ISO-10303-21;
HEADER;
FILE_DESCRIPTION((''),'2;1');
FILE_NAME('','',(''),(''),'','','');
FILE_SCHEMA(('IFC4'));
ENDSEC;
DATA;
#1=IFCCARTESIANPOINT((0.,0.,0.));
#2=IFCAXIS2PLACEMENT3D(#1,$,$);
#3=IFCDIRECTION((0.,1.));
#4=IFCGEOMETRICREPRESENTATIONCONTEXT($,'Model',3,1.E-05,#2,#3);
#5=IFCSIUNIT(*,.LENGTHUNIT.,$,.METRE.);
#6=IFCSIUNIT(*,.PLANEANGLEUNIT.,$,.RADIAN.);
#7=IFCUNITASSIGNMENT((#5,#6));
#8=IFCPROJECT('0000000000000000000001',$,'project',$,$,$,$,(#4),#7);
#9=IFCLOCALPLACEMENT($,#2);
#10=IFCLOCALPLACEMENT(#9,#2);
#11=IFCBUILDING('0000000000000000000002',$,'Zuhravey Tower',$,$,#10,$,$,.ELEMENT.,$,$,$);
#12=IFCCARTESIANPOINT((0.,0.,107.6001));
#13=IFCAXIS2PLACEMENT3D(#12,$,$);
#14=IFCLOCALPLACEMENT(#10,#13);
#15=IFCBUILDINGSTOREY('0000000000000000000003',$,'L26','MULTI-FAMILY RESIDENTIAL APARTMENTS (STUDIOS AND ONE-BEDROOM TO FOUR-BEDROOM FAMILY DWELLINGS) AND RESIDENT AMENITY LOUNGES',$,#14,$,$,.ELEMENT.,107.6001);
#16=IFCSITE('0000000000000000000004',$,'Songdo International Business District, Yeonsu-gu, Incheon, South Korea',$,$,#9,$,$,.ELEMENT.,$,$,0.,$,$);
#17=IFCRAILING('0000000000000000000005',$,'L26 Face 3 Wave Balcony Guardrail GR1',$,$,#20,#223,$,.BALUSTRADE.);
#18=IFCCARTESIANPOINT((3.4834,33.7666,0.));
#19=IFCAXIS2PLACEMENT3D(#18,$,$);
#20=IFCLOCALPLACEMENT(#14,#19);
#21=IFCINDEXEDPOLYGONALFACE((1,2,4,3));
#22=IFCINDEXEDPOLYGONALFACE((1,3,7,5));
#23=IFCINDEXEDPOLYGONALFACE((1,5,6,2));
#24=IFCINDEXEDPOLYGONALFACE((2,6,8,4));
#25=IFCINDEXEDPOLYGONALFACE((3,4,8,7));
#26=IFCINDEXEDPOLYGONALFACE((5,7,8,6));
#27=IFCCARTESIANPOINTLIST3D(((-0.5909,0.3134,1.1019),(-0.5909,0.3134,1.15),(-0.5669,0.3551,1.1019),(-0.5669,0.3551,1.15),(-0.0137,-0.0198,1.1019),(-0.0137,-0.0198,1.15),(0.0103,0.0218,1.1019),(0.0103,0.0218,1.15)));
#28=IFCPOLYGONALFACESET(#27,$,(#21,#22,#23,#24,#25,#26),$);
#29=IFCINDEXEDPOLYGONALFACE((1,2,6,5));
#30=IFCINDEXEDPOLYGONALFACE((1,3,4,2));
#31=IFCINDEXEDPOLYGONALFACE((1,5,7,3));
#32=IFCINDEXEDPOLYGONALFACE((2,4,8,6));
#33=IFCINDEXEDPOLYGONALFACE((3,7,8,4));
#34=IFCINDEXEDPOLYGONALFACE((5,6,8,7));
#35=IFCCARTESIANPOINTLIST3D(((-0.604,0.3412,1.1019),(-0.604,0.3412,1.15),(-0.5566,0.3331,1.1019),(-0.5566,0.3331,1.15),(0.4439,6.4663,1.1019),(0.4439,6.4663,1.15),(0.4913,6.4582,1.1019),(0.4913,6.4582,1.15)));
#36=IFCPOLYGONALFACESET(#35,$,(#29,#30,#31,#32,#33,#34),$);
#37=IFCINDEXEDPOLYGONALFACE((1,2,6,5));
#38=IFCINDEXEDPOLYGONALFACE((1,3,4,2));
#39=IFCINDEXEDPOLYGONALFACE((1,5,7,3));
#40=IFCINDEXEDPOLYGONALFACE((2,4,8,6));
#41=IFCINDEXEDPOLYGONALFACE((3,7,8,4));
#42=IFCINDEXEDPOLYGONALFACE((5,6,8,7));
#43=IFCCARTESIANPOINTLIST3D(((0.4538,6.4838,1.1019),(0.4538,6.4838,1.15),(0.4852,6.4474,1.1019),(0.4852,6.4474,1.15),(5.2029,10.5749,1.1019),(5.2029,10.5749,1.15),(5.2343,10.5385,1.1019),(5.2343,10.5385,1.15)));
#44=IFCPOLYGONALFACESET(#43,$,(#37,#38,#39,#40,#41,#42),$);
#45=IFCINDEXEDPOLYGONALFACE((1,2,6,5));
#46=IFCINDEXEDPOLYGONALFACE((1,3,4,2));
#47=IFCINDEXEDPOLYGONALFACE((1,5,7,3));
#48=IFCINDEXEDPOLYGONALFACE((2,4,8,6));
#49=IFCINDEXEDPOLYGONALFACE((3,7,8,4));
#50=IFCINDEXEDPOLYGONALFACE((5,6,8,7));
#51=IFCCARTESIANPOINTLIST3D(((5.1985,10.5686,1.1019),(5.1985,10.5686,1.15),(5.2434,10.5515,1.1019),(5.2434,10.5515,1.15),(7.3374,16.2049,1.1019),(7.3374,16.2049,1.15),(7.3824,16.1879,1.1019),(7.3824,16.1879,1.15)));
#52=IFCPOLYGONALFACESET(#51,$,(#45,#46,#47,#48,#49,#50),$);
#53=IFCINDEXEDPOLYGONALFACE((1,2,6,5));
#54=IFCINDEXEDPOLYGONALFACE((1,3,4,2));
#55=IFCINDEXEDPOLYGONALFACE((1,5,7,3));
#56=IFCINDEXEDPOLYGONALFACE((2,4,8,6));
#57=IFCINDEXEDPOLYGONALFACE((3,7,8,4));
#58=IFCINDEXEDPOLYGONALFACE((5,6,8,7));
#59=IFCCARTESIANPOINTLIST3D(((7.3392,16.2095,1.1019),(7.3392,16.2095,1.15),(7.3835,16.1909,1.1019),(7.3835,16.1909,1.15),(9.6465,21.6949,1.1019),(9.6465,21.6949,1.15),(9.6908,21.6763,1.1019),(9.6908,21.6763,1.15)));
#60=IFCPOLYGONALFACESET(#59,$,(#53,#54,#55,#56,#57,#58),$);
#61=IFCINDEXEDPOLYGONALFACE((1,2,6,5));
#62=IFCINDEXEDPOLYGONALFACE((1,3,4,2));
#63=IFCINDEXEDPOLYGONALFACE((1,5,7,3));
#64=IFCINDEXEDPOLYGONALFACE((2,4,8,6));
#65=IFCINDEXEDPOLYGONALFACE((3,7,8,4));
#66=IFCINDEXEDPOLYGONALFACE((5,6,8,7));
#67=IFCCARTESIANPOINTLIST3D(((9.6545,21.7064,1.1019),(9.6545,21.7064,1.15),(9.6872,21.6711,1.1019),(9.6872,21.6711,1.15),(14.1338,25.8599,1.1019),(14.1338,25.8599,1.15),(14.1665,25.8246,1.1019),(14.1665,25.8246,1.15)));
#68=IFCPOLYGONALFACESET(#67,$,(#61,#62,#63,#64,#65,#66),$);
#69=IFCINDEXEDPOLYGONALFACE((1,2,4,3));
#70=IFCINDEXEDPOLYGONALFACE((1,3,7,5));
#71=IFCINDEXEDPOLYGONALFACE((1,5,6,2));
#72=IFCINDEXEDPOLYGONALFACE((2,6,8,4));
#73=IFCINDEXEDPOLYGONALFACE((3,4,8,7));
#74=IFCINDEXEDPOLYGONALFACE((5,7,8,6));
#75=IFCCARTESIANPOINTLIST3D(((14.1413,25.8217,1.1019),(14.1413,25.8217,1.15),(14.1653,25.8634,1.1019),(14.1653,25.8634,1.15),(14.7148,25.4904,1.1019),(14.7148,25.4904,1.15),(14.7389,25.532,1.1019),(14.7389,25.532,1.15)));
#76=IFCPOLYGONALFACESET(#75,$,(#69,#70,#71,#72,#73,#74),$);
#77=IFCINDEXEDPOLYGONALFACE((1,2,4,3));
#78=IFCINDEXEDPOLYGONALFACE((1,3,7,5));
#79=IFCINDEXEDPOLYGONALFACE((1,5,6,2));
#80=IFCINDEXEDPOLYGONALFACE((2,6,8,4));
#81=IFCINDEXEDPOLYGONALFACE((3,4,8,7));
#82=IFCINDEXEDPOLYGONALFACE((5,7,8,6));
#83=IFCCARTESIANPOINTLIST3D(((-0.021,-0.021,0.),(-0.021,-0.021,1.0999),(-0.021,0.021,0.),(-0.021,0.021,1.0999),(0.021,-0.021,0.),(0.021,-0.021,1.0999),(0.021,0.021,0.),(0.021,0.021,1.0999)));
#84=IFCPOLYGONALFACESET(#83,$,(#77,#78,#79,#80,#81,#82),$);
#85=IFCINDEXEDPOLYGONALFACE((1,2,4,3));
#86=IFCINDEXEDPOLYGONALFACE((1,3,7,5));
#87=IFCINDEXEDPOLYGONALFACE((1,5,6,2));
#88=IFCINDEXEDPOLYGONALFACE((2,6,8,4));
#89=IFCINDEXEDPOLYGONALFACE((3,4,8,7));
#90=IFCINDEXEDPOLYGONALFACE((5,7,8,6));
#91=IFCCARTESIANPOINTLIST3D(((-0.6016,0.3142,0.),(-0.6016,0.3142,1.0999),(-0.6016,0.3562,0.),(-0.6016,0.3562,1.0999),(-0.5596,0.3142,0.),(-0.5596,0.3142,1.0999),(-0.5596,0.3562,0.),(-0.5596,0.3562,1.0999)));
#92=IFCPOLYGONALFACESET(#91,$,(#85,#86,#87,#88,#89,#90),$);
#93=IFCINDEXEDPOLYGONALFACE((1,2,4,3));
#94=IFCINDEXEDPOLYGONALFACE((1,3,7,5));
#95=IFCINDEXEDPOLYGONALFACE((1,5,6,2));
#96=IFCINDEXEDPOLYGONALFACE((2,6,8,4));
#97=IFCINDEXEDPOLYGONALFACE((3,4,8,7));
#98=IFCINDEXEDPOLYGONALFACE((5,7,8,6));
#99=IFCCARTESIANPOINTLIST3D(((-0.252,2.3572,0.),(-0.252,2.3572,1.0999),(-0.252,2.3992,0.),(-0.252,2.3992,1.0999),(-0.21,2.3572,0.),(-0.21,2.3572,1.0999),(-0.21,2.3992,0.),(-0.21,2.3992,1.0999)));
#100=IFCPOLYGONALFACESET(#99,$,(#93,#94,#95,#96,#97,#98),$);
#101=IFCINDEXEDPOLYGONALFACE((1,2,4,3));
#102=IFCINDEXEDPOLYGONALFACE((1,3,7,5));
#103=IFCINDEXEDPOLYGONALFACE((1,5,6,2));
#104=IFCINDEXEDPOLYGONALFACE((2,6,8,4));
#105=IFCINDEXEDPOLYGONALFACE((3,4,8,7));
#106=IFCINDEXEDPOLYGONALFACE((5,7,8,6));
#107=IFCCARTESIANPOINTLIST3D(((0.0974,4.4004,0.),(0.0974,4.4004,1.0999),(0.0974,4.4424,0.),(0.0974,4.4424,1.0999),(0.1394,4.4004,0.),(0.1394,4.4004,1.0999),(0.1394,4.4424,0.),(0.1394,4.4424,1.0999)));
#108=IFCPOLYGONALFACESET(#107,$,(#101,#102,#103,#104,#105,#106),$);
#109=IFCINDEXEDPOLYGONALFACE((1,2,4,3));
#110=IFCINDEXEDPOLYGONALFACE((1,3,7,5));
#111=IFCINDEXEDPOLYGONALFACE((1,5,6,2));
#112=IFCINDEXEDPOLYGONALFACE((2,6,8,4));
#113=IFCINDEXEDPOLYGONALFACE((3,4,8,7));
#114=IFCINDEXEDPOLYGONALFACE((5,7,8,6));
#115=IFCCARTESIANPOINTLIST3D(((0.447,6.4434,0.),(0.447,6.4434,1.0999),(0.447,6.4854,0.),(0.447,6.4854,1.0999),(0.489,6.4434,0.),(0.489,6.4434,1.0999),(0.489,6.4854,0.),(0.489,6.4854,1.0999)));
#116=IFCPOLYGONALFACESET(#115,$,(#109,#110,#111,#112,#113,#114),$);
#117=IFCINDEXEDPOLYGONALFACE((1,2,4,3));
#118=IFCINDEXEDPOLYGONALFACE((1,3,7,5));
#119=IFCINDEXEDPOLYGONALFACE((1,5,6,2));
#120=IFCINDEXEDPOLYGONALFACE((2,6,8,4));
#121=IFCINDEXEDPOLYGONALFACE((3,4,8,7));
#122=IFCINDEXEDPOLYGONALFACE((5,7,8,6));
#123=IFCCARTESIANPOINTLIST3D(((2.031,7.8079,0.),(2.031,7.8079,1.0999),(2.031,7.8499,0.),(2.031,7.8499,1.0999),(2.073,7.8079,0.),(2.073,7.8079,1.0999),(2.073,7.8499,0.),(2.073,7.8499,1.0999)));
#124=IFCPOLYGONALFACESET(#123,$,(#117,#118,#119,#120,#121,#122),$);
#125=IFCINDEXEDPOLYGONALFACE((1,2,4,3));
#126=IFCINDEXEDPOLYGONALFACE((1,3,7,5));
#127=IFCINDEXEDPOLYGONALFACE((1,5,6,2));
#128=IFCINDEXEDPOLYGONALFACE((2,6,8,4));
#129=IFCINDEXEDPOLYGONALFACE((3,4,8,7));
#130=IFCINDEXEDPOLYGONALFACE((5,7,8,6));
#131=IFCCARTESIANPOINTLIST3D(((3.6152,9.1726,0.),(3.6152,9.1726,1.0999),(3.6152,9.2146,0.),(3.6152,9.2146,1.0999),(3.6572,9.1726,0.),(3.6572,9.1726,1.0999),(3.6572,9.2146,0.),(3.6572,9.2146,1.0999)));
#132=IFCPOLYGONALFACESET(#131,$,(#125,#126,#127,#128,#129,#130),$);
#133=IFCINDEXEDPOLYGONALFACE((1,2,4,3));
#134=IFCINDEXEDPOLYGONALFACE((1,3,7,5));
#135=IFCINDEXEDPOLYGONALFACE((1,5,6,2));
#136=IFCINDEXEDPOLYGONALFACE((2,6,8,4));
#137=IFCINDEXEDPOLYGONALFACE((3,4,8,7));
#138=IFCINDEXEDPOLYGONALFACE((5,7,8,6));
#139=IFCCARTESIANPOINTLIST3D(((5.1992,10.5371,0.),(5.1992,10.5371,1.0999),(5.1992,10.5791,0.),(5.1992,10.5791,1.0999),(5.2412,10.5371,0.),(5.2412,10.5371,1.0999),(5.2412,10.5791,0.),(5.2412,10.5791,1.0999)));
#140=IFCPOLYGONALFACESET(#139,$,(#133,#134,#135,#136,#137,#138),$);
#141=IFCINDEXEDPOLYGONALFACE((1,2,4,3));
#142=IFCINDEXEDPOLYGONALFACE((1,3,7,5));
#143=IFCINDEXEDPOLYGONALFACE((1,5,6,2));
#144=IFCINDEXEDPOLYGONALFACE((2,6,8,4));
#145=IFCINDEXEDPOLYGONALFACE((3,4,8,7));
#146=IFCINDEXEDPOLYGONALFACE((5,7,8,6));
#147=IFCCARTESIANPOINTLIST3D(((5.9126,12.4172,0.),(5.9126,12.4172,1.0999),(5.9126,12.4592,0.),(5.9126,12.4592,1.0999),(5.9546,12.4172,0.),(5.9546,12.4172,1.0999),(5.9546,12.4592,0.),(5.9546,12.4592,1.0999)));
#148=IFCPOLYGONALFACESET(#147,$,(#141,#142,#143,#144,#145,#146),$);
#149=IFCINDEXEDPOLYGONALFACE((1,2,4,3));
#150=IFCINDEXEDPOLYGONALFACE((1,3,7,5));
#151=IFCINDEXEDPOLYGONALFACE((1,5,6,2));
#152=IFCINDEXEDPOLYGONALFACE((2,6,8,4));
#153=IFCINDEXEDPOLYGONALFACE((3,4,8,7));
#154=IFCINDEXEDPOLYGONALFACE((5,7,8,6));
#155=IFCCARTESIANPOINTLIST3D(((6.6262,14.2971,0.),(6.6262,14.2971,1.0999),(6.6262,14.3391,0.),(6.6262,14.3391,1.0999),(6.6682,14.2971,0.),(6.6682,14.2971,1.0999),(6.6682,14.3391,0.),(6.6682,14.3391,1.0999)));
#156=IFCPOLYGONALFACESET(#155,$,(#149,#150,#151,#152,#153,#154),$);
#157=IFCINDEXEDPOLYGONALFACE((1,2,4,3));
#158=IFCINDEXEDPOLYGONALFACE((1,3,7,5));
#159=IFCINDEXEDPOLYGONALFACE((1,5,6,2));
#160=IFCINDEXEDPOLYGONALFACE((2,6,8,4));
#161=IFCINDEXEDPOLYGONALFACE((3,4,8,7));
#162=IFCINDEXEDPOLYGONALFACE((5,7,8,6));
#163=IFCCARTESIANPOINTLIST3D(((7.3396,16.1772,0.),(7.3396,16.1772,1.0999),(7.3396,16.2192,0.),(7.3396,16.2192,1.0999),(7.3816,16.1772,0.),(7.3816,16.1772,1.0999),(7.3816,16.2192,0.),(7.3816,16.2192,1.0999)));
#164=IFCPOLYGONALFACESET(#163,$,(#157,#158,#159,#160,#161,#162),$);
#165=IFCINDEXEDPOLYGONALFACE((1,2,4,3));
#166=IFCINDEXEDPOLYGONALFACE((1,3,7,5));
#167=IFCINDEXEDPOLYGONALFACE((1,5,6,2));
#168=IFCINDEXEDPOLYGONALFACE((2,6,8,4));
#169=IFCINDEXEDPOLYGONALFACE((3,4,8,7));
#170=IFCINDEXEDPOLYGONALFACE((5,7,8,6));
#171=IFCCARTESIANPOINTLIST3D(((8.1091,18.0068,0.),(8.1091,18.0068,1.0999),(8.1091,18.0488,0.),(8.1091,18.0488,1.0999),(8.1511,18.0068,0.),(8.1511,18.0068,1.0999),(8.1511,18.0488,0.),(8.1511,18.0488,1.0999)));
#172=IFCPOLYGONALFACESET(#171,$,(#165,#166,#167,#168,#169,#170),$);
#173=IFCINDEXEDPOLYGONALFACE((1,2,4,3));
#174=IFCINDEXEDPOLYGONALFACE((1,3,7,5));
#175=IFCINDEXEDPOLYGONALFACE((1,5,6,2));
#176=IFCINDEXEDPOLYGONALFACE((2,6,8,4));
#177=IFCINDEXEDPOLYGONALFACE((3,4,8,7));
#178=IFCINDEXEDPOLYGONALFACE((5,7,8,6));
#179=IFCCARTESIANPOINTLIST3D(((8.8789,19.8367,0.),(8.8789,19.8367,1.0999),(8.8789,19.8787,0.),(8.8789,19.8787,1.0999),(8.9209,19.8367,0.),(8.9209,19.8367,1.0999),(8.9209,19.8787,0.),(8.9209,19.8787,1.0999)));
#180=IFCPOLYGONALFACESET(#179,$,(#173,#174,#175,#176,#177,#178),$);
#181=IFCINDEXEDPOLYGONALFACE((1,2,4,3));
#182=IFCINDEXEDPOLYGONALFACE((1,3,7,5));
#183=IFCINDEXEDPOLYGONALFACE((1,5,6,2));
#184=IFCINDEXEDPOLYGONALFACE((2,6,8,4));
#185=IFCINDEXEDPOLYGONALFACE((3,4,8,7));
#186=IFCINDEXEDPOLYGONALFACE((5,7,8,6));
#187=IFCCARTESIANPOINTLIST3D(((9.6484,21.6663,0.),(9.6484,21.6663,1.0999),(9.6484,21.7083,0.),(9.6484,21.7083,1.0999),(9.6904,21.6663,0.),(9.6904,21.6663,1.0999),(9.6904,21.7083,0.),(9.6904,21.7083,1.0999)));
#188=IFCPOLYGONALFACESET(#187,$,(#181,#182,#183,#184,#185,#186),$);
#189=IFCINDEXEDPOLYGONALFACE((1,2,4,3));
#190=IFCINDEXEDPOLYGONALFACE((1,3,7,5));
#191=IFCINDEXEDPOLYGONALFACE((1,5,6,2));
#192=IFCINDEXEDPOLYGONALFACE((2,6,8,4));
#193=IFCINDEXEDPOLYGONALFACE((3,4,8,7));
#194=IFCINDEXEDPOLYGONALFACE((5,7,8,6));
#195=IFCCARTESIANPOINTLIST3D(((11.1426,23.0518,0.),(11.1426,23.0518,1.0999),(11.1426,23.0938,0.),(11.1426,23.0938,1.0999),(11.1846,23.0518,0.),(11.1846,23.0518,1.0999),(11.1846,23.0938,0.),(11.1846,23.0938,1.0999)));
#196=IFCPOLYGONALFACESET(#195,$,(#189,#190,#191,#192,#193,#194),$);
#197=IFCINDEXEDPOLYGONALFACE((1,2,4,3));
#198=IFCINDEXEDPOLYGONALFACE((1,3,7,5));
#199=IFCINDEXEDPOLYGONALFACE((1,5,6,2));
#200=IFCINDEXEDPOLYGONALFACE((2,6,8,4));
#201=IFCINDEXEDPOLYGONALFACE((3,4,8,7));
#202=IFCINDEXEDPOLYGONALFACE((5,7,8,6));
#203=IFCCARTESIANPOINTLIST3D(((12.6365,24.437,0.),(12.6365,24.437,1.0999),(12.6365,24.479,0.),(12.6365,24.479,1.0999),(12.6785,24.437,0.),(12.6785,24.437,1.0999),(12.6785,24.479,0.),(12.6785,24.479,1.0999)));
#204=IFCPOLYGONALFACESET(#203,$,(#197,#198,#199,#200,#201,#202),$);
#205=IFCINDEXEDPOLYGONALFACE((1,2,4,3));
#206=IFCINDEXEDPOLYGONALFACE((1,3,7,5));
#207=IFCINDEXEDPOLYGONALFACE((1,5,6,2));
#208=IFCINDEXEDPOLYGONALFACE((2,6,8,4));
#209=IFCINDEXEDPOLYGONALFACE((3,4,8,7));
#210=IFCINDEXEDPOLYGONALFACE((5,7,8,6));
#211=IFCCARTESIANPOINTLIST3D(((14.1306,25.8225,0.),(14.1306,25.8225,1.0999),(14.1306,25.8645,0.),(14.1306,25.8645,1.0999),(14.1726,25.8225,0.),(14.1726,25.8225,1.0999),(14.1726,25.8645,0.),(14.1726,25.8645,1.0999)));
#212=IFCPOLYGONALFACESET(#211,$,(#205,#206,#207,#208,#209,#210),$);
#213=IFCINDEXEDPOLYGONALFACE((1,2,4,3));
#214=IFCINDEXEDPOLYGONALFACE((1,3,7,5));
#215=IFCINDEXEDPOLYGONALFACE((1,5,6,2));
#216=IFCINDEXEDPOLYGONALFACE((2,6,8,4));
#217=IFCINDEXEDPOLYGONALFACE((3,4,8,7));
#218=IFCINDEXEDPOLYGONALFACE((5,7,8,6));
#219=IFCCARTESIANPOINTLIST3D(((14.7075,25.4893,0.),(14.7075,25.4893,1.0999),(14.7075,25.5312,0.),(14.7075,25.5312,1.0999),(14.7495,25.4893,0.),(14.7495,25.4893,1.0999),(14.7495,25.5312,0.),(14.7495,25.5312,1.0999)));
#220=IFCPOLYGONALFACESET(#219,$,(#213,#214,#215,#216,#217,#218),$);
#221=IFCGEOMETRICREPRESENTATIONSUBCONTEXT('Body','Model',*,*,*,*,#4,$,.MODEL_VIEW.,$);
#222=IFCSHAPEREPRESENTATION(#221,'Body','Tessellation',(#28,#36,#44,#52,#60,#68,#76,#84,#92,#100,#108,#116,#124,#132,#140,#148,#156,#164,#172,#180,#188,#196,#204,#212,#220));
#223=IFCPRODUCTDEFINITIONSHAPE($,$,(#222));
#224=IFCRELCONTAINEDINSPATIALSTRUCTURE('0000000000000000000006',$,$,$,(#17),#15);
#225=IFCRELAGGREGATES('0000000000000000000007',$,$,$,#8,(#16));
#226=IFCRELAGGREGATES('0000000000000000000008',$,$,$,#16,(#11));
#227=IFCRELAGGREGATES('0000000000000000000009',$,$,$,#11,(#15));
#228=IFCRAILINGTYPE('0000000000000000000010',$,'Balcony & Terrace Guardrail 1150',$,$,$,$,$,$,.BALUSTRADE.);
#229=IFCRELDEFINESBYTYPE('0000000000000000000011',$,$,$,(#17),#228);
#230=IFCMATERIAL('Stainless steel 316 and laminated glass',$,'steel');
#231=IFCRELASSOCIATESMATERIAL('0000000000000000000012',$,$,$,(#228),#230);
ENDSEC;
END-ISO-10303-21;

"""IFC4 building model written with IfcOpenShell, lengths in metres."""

from ifc_helpers import new_model, si_unit, direction, frame, origin, origin_2d, place, context, subcontext, project, spatial, rectangle, extrude, material, type_object, element, save


model = new_model("IFC4")

# Units and contexts
model_context = context("Model", 3, precision=1e-05, world=origin(), true_north=direction((0.0, 1.0)))
body_context = subcontext(model_context, "Body", "Model", "MODEL_VIEW")
ifc_project = project(units=[si_unit("LENGTHUNIT", "METRE"), si_unit("PLANEANGLEUNIT", "RADIAN")], contexts=[model_context])

# Site, building, storey
site_placement = place(None, origin())
site = spatial("IfcSite", under=ifc_project, at=site_placement, Name="Songdo International Business District, Yeonsu-gu, Incheon, South Korea", CompositionType="ELEMENT", RefElevation=0.0)
building_placement = place(site_placement, origin())
building = spatial("IfcBuilding", under=site, at=building_placement, Name="Zuhravey Tower", CompositionType="ELEMENT")
storey_placement = place(building_placement, frame((0.0, 0.0, 107.6001)))
storey = spatial("IfcBuildingStorey", under=building, at=storey_placement, Name="L26", Description="MULTI-FAMILY RESIDENTIAL APARTMENTS (STUDIOS AND ONE-BEDROOM TO FOUR-BEDROOM FAMILY DWELLINGS) AND RESIDENT AMENITY LOUNGES", CompositionType="ELEMENT", Elevation=107.6001)

# Railing
ifc_material_1 = material(Name="Stainless steel 316 and laminated glass", Category="steel")
railing_type = type_object("IfcRailingType", Name="Balcony & Terrace Guardrail 1150", PredefinedType="BALUSTRADE", material=ifc_material_1)
railing_placement = place(storey_placement, frame((3.4834, 33.7666, 0.0)))
element("IfcRailing", 1, at=railing_placement, inside=storey, type_object=railing_type, Name="L26 Face 3 Wave Balcony Guardrail GR1", PredefinedType="BALUSTRADE", context=body_context, shape_type="SweptSolid", body=[
    extrude(rectangle(XDim=0.0481, YDim=0.0481, at=origin_2d()), frame((-0.0017, 0.001, 1.126), z_axis=(-0.866016, 0.500017, 0.0), x_axis=(-0.500017, -0.866016, 0.0)), (0.0, 0.0, 1.0), 0.6665),
    extrude(rectangle(XDim=0.0481, YDim=0.0481, at=origin_2d()), frame((-0.5803, 0.3372, 1.126), z_axis=(0.168631, 0.985679, 0.0), x_axis=(-0.985679, 0.168631, 0.0)), (0.0, 0.0, 1.0), 6.2141),
    extrude(rectangle(XDim=0.0481, YDim=0.0481, at=origin_2d()), frame((0.4695, 6.4656, 1.126), z_axis=(0.757644, 0.652668, 0.0), x_axis=(-0.652668, 0.757644, 0.0)), (0.0, 0.0, 1.0), 6.2683),
    extrude(rectangle(XDim=0.0481, YDim=0.0481, at=origin_2d()), frame((5.2209, 10.5601, 1.126), z_axis=(0.354802, 0.934942, 0.0), x_axis=(-0.934942, 0.354802, 0.0)), (0.0, 0.0, 1.0), 6.0286),
    extrude(rectangle(XDim=0.0481, YDim=0.0481, at=origin_2d()), frame((7.3613, 16.2002, 1.126), z_axis=(0.387725, 0.921775, 0.0), x_axis=(-0.921775, 0.387725, 0.0)), (0.0, 0.0, 1.0), 5.9509),
    extrude(rectangle(XDim=0.0481, YDim=0.0481, at=origin_2d()), frame((9.6709, 21.6887, 1.126), z_axis=(0.733264, 0.679944, 0.0), x_axis=(-0.679944, 0.733264, 0.0)), (0.0, 0.0, 1.0), 6.1086),
    extrude(rectangle(XDim=0.0481, YDim=0.0481, at=origin_2d()), frame((14.1533, 25.8425, 1.126), z_axis=(0.865911, -0.500198, 0.0), x_axis=(0.500198, 0.865911, 0.0)), (0.0, 0.0, 1.0), 0.6624),
    extrude(rectangle(XDim=0.042, YDim=0.042, at=origin_2d()), origin(), (0.0, 0.0, 1.0), 1.0999),
    extrude(rectangle(XDim=0.042, YDim=0.042, at=origin_2d()), frame((-0.5806, 0.3352, 0.0)), (0.0, 0.0, 1.0), 1.0999),
    extrude(rectangle(XDim=0.042, YDim=0.042, at=origin_2d()), frame((-0.231, 2.3782, 0.0)), (0.0, 0.0, 1.0), 1.0999),
    extrude(rectangle(XDim=0.042, YDim=0.042, at=origin_2d()), frame((0.1184, 4.4214, 0.0)), (0.0, 0.0, 1.0), 1.0999),
    extrude(rectangle(XDim=0.042, YDim=0.042, at=origin_2d()), frame((0.468, 6.4644, 0.0)), (0.0, 0.0, 1.0), 1.0999),
    extrude(rectangle(XDim=0.042, YDim=0.042, at=origin_2d()), frame((2.052, 7.8289, 0.0)), (0.0, 0.0, 1.0), 1.0999),
    extrude(rectangle(XDim=0.042, YDim=0.042, at=origin_2d()), frame((3.6362, 9.1936, 0.0)), (0.0, 0.0, 1.0), 1.0999),
    extrude(rectangle(XDim=0.042, YDim=0.042, at=origin_2d()), frame((5.2202, 10.5581, 0.0)), (0.0, 0.0, 1.0), 1.0999),
    extrude(rectangle(XDim=0.042, YDim=0.042, at=origin_2d()), frame((5.9336, 12.4382, 0.0)), (0.0, 0.0, 1.0), 1.0999),
    extrude(rectangle(XDim=0.042, YDim=0.042, at=origin_2d()), frame((6.6472, 14.3181, 0.0)), (0.0, 0.0, 1.0), 1.0999),
    extrude(rectangle(XDim=0.042, YDim=0.042, at=origin_2d()), frame((7.3606, 16.1982, 0.0)), (0.0, 0.0, 1.0), 1.0999),
    extrude(rectangle(XDim=0.042, YDim=0.042, at=origin_2d()), frame((8.1301, 18.0278, 0.0)), (0.0, 0.0, 1.0), 1.0999),
    extrude(rectangle(XDim=0.042, YDim=0.042, at=origin_2d()), frame((8.8999, 19.8577, 0.0)), (0.0, 0.0, 1.0), 1.0999),
    extrude(rectangle(XDim=0.042, YDim=0.042, at=origin_2d()), frame((9.6694, 21.6873, 0.0)), (0.0, 0.0, 1.0), 1.0999),
    extrude(rectangle(XDim=0.042, YDim=0.042, at=origin_2d()), frame((11.1636, 23.0728, 0.0)), (0.0, 0.0, 1.0), 1.0999),
    extrude(rectangle(XDim=0.042, YDim=0.042, at=origin_2d()), frame((12.6575, 24.458, 0.0)), (0.0, 0.0, 1.0), 1.0999),
    extrude(rectangle(XDim=0.042, YDim=0.042, at=origin_2d()), frame((14.1516, 25.8435, 0.0)), (0.0, 0.0, 1.0), 1.0999),
    extrude(rectangle(XDim=0.042, YDim=0.042, at=origin_2d()), frame((14.7285, 25.5103, 0.0)), (0.0, 0.0, 1.0), 1.0999),
])

save(model, "model.ifc")
